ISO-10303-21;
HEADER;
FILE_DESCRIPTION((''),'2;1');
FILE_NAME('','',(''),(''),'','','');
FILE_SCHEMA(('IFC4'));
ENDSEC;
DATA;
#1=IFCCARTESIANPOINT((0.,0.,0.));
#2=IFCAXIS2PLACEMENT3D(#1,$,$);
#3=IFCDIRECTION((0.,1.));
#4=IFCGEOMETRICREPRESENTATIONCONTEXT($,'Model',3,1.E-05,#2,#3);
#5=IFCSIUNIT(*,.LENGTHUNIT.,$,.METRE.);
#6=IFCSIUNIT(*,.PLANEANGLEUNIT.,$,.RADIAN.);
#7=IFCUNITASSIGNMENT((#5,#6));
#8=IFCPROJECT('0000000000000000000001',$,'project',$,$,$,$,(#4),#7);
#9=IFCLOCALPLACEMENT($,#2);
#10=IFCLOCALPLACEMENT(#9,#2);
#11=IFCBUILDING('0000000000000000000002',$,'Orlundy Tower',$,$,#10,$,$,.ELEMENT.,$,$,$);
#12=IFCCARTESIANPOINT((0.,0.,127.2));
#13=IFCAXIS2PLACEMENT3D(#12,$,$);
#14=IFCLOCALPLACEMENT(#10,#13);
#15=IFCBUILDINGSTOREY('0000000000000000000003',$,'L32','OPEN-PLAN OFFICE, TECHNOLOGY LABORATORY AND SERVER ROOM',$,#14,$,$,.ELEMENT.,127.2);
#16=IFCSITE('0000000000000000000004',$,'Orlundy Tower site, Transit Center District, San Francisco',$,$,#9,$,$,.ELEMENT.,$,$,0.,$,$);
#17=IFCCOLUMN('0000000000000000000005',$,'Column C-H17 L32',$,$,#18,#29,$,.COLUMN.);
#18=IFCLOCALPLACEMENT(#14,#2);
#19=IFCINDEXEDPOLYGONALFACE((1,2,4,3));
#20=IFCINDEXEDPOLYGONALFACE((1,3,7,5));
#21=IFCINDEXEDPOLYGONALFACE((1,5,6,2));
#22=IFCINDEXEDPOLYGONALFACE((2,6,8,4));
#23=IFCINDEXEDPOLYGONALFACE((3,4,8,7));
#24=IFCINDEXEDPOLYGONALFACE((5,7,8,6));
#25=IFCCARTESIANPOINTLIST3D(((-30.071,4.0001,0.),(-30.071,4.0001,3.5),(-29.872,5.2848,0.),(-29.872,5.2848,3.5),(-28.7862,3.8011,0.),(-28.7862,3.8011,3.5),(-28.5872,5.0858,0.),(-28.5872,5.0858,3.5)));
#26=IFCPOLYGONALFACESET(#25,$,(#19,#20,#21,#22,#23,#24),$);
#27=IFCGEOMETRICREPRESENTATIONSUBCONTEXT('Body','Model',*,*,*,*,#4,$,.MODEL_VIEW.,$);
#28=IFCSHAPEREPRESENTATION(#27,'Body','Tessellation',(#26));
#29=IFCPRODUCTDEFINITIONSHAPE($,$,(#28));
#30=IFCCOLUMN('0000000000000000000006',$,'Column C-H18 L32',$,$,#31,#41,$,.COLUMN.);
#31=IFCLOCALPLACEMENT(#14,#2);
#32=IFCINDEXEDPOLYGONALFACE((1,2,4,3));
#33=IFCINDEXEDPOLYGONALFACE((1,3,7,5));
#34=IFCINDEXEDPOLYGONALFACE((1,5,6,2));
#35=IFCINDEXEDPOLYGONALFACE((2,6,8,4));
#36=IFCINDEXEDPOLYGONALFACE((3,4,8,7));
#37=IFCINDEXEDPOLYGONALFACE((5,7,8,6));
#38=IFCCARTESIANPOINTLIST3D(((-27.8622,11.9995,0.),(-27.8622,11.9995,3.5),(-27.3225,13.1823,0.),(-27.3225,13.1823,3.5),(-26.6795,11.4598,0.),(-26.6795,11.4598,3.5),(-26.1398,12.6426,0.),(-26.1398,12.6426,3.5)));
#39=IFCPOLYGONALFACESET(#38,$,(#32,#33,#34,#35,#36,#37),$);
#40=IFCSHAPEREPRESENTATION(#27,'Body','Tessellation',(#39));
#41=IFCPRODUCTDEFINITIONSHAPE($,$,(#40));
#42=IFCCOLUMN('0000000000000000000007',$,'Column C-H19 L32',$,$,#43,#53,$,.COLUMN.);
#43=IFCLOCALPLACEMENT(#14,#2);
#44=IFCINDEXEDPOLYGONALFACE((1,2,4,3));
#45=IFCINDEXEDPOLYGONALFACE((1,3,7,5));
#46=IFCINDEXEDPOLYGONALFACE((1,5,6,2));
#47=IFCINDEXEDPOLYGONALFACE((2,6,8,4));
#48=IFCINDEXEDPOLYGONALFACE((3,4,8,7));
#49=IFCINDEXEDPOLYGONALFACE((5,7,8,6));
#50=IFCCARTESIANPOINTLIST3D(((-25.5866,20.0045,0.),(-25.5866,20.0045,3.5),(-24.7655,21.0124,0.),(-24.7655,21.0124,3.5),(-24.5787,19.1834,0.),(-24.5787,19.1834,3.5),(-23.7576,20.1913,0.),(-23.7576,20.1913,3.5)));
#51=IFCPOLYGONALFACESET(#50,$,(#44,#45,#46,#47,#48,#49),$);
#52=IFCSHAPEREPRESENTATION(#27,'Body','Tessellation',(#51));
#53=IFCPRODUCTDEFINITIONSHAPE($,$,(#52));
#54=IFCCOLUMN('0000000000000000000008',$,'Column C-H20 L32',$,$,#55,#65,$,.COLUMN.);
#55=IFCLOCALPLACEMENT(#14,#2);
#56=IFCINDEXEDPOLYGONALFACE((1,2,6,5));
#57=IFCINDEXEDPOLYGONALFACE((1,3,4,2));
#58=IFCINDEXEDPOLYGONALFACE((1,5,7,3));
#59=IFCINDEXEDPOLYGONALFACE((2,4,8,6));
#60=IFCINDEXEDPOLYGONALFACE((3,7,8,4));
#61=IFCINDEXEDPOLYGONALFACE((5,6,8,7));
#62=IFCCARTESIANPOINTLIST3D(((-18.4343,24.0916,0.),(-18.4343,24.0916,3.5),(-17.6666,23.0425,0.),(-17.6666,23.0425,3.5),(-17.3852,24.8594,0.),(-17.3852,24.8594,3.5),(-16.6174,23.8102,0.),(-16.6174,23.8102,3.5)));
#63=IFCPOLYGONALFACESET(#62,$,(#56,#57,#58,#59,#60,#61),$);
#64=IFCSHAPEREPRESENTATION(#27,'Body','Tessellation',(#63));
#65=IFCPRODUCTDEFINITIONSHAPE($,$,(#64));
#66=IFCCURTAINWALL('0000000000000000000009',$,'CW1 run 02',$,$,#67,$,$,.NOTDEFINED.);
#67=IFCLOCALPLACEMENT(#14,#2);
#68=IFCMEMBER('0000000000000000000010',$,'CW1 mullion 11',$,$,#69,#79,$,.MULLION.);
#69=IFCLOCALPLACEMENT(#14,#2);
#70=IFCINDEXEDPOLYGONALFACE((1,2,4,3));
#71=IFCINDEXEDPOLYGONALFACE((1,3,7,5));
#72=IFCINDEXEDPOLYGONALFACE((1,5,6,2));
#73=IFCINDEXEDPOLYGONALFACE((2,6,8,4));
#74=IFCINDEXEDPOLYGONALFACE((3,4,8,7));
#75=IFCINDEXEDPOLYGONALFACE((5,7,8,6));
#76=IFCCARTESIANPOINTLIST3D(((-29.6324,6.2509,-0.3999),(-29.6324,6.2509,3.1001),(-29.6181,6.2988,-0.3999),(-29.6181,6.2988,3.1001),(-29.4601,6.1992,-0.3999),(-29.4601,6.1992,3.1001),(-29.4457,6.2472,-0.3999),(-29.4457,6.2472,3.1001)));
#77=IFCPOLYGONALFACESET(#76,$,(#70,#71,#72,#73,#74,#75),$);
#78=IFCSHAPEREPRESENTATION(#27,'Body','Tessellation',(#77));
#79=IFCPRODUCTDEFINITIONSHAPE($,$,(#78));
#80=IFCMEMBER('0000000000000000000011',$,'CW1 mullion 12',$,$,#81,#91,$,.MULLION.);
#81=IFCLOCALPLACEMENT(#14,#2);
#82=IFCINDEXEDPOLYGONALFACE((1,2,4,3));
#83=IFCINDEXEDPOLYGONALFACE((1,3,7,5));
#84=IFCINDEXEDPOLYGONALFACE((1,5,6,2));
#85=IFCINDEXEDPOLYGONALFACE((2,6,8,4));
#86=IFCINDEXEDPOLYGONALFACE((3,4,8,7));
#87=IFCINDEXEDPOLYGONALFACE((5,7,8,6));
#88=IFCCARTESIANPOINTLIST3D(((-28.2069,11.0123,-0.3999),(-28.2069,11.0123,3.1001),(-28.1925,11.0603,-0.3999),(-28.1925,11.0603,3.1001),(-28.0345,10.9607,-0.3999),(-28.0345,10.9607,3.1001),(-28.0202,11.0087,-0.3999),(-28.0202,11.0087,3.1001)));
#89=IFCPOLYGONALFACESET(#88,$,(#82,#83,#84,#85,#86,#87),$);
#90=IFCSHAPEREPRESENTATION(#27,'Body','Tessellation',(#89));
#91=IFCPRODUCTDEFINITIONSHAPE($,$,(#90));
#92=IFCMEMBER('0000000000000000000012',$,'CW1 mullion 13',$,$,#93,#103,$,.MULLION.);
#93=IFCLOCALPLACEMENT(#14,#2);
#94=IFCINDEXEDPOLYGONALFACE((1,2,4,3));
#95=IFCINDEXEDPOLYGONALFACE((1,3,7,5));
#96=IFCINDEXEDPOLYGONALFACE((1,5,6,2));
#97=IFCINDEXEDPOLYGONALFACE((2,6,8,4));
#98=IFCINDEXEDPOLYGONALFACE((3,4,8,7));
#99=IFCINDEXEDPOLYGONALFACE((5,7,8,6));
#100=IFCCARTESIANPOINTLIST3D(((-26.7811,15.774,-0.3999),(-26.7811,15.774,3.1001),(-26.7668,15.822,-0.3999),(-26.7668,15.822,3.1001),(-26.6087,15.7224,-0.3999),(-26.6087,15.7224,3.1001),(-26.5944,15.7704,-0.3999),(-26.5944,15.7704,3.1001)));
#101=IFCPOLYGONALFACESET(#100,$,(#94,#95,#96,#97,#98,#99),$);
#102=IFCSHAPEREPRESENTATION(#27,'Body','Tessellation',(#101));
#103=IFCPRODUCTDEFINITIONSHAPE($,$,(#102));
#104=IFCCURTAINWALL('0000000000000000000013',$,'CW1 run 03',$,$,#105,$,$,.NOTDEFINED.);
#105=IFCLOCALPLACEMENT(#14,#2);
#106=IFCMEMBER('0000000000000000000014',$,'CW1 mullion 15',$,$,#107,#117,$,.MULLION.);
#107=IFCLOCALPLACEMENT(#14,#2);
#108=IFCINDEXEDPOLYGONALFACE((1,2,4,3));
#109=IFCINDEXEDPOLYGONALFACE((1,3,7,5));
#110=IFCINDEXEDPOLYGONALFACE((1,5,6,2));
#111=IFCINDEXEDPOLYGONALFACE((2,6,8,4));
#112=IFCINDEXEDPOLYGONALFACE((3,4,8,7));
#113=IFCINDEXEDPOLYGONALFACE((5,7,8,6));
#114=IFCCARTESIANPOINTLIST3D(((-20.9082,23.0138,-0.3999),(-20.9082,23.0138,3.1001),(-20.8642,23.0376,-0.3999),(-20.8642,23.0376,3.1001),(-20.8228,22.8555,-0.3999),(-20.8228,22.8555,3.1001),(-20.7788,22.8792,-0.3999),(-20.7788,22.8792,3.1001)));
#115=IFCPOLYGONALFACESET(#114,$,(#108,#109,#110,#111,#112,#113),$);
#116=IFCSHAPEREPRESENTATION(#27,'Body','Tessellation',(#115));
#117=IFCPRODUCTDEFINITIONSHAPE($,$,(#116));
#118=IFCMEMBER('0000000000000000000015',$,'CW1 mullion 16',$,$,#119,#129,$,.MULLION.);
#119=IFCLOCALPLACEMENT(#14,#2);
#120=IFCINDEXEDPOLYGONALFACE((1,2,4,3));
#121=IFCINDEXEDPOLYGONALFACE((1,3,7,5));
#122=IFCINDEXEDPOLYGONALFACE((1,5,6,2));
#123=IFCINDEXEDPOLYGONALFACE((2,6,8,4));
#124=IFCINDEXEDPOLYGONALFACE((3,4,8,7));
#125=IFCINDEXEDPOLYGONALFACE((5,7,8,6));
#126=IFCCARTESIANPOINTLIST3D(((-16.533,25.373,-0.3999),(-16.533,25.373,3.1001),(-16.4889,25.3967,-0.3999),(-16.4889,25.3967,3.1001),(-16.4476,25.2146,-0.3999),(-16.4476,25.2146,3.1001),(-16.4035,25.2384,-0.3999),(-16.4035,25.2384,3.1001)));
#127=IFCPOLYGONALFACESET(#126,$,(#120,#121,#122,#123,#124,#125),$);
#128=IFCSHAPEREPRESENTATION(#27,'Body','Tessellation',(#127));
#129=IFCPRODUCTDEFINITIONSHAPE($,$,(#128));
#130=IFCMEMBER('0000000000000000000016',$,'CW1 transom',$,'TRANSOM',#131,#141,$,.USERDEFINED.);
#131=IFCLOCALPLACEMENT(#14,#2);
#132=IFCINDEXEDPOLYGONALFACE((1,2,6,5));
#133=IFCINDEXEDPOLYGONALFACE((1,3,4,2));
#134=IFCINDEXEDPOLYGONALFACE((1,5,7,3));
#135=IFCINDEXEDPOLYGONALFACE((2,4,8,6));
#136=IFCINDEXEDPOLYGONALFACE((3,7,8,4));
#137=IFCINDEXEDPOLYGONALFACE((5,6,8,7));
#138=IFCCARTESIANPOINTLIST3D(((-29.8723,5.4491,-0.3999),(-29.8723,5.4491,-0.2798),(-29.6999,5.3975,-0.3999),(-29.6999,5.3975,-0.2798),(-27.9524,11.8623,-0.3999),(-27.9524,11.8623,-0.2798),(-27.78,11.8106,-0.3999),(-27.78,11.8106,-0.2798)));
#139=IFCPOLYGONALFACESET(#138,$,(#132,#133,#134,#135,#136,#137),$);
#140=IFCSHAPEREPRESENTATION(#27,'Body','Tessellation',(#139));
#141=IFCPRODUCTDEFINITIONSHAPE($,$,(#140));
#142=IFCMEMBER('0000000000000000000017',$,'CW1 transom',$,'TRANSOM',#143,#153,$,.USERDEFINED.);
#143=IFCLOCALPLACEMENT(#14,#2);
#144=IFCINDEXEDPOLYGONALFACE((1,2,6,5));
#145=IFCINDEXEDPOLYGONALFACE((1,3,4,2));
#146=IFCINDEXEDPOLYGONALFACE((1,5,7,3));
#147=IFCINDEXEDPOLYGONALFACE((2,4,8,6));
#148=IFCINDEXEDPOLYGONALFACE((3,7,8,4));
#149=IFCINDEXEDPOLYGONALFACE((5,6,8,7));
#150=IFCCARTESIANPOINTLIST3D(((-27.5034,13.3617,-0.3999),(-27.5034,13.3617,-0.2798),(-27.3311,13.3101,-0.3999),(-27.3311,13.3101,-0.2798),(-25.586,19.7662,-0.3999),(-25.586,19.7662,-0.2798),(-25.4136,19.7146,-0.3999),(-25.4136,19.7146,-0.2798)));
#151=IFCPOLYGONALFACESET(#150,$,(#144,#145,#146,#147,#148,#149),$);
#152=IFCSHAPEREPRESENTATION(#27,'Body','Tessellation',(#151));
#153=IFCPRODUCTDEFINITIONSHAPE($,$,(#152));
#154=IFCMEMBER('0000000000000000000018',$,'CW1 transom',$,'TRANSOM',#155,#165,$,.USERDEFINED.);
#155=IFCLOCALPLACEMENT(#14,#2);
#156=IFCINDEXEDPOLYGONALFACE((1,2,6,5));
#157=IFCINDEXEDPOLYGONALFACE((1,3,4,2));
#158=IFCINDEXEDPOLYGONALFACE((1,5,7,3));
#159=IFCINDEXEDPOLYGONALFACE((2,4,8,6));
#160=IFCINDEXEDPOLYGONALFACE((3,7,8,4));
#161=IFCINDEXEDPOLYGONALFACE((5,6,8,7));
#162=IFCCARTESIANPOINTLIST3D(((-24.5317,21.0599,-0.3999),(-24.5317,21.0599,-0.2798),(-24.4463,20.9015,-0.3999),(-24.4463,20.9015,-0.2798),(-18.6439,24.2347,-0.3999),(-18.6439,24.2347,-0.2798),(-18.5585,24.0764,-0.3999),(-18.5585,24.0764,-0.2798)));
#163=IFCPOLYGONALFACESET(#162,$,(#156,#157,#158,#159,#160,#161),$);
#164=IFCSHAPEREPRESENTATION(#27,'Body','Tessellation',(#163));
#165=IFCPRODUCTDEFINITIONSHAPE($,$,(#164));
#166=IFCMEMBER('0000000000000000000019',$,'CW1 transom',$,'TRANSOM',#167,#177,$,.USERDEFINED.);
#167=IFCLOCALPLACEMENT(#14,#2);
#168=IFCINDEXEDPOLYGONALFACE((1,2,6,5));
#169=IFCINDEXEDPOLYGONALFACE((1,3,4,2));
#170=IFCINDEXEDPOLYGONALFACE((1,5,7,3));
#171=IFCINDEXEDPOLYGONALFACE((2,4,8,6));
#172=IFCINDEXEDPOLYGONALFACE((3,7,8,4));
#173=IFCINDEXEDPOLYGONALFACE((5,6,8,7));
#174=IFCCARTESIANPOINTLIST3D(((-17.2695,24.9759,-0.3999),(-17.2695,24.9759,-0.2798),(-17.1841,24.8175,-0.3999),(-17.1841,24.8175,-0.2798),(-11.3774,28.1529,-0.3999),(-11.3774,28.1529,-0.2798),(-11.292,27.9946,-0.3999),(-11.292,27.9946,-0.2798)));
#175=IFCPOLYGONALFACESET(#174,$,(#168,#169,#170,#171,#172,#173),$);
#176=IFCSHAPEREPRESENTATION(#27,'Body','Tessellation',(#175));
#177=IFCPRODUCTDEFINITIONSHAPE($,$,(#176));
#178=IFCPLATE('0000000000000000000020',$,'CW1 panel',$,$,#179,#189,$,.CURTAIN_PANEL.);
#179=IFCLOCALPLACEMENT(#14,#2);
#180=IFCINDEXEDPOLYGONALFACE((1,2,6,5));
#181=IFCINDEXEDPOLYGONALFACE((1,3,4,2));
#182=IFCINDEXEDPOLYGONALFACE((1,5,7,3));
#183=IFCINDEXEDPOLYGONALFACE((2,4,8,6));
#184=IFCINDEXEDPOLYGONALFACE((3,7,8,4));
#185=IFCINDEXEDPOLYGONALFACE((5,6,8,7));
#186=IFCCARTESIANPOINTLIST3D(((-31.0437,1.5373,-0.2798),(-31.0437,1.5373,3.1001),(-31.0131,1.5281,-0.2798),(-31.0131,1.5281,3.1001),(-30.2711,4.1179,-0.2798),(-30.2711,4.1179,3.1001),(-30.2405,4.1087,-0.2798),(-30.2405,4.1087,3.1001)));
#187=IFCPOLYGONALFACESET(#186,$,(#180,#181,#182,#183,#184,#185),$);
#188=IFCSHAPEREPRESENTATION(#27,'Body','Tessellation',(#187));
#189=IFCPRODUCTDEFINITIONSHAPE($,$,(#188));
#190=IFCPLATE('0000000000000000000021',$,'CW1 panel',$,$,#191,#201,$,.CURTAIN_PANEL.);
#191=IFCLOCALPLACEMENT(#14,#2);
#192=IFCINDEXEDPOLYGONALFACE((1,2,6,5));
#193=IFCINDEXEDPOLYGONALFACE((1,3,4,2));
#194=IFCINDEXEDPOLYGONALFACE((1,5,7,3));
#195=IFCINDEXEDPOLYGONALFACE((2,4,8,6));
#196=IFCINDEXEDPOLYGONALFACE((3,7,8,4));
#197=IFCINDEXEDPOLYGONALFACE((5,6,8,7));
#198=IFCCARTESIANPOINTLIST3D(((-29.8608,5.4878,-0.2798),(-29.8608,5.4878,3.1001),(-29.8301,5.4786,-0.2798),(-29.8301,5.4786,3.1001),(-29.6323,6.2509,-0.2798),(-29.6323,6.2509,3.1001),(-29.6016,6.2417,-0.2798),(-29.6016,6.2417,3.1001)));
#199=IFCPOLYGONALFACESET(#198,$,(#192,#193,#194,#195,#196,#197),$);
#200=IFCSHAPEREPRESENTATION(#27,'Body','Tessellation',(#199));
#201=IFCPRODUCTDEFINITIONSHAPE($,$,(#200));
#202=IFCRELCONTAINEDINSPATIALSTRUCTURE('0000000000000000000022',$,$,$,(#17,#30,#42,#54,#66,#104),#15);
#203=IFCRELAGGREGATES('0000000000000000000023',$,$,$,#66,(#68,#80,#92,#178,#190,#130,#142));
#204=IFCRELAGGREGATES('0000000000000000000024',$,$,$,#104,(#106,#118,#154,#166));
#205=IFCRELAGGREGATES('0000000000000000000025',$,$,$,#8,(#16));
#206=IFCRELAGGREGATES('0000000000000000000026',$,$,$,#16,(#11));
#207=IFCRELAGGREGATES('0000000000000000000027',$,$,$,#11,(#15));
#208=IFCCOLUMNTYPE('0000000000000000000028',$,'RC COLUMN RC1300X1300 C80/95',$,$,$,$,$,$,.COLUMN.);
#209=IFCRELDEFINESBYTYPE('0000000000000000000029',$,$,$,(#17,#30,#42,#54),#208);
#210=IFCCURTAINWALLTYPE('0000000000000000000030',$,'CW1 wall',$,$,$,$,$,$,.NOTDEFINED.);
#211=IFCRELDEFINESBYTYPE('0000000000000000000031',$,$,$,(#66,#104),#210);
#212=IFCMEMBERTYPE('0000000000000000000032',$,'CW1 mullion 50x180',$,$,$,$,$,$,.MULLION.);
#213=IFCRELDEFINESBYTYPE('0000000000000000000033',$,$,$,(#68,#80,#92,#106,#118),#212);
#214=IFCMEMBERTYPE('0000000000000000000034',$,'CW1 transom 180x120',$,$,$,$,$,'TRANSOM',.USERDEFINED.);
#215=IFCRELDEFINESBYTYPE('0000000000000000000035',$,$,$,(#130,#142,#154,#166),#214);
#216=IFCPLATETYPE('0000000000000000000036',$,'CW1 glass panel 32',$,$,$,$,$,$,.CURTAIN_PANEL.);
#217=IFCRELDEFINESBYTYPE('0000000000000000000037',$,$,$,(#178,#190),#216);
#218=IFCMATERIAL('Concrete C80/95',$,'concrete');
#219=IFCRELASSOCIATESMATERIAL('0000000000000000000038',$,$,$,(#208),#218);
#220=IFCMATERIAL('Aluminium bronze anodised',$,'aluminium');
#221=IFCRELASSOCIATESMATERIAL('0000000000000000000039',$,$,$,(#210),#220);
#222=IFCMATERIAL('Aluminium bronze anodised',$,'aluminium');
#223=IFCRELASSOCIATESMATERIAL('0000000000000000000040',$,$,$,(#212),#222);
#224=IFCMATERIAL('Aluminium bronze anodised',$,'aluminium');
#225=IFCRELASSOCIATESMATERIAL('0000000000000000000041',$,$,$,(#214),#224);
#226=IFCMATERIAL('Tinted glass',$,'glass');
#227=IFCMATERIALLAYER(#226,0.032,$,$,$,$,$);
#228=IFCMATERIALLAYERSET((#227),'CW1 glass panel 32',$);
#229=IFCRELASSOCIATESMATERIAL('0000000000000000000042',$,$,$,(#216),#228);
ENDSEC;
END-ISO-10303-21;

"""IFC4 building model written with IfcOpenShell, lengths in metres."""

from ifc_helpers import new_model, si_unit, direction, frame, origin, origin_2d, place, context, subcontext, project, spatial, rectangle, extrude, material, layer, layer_set, material_profile, profile_set, type_object, element, aggregate, save


model = new_model("IFC4")

# Units and contexts
model_context = context("Model", 3, precision=1e-05, world=origin(), true_north=direction((0.0, 1.0)))
body_context = subcontext(model_context, "Body", "Model", "MODEL_VIEW")
ifc_project = project(units=[si_unit("LENGTHUNIT", "METRE"), si_unit("PLANEANGLEUNIT", "RADIAN")], contexts=[model_context])

# Site, building, storey
site_placement = place(None, origin())
site = spatial("IfcSite", under=ifc_project, at=site_placement, Name="Orlundy Tower site, Transit Center District, San Francisco", CompositionType="ELEMENT", RefElevation=0.0)
building_placement = place(site_placement, origin())
building = spatial("IfcBuilding", under=site, at=building_placement, Name="Orlundy Tower", CompositionType="ELEMENT")
storey_placement = place(building_placement, frame((0.0, 0.0, 127.2)))
storey = spatial("IfcBuildingStorey", under=building, at=storey_placement, Name="L32", Description="OPEN-PLAN OFFICE, TECHNOLOGY LABORATORY AND SERVER ROOM", CompositionType="ELEMENT", Elevation=127.2)

# Columns
ifc_material_1 = material(Name="Concrete C80/95", Category="concrete")
ifc_material_profile_1 = material_profile(ifc_material_1, rectangle(XDim=1.3, YDim=1.3, at=origin_2d()), Name="RC1300X1300")
ifc_profile_set_1 = profile_set([ifc_material_profile_1], Name="Concrete C80/95")
column_type = type_object("IfcColumnType", Name="RC COLUMN RC1300X1300 C80/95", PredefinedType="COLUMN", material=ifc_profile_set_1)
for number, where, z_axis, x_axis, name in (
    (1, (-29.3291, 4.543, 0.0), (0.0, 0.0, 1.0), (-0.988215, 0.153072, 0.0), "Column C-H17 L32"),
    (2, (-27.001, 12.321, 0.0), (0.0, 0.0, 1.0), (-0.909759, 0.415138, 0.0), "Column C-H18 L32"),
    (3, (-24.6721, 20.0979, 0.0), (0.0, 0.0, 1.0), (-0.775308, 0.631583, 0.0), "Column C-H19 L32"),
    (4, (-17.5259, 23.9509, 0.0), (0.0, 0.0, 1.0), (-0.590535, 0.807012, 0.0), "Column C-H20 L32"),
):
    element("IfcColumn", number, at=place(storey_placement, frame(where, z_axis=z_axis, x_axis=x_axis)), inside=storey, type_object=column_type, Name=name, PredefinedType="COLUMN", context=body_context, shape_type="SweptSolid", body=[
        extrude(rectangle(XDim=1.3, YDim=1.3, at=origin_2d()), origin(), (0.0, 0.0, 1.0), 3.5),
    ])

# Curtain walls, members
ifc_material_2 = material(Name="Aluminium bronze anodised", Category="aluminium")
curtain_wall_type = type_object("IfcCurtainWallType", Name="CW1 wall", PredefinedType="NOTDEFINED", material=ifc_material_2)
curtain_wall_1_placement = place(storey_placement, origin())
curtain_wall_1 = element("IfcCurtainWall", 5, at=curtain_wall_1_placement, inside=storey, type_object=curtain_wall_type, Name="CW1 run 02", PredefinedType="NOTDEFINED")
ifc_material_3 = material(Name="Aluminium bronze anodised", Category="aluminium")
ifc_material_profile_2 = material_profile(ifc_material_3, rectangle(XDim=0.1799, YDim=0.05, at=origin_2d()), Name="CW1 mullion 50x180")
ifc_profile_set_2 = profile_set([ifc_material_profile_2], Name="Aluminium bronze anodised")
member_type_1 = type_object("IfcMemberType", Name="CW1 mullion 50x180", PredefinedType="MULLION", material=ifc_profile_set_2)
member_1_placement = place(storey_placement, frame((-29.5391, 6.249, -0.3999), z_axis=(0.0, 0.0, 1.0), x_axis=(-0.957986, 0.286816, 0.0)))
member_1 = element("IfcMember", 6, at=member_1_placement, type_object=member_type_1, Name="CW1 mullion 11", PredefinedType="MULLION", context=body_context, shape_type="SweptSolid", body=[
    extrude(rectangle(XDim=0.1799, YDim=0.05, at=origin_2d()), origin(), (0.0, 0.0, 1.0), 3.5),
])
member_2_placement = place(storey_placement, frame((-28.1135, 11.0105, -0.3999), z_axis=(0.0, 0.0, 1.0), x_axis=(-0.957986, 0.286816, 0.0)))
member_2 = element("IfcMember", 7, at=member_2_placement, type_object=member_type_1, Name="CW1 mullion 12", PredefinedType="MULLION", context=body_context, shape_type="SweptSolid", body=[
    extrude(rectangle(XDim=0.1799, YDim=0.05, at=origin_2d()), origin(), (0.0, 0.0, 1.0), 3.5),
])
member_3_placement = place(storey_placement, frame((-26.6877, 15.7722, -0.3999), z_axis=(0.0, 0.0, 1.0), x_axis=(-0.957986, 0.286816, 0.0)))
member_3 = element("IfcMember", 8, at=member_3_placement, type_object=member_type_1, Name="CW1 mullion 13", PredefinedType="MULLION", context=body_context, shape_type="SweptSolid", body=[
    extrude(rectangle(XDim=0.1799, YDim=0.05, at=origin_2d()), origin(), (0.0, 0.0, 1.0), 3.5),
])
curtain_wall_2_placement = place(storey_placement, origin())
curtain_wall_2 = element("IfcCurtainWall", 9, at=curtain_wall_2_placement, inside=storey, type_object=curtain_wall_type, Name="CW1 run 03", PredefinedType="NOTDEFINED")
member_4_placement = place(storey_placement, frame((-20.8435, 22.9465, -0.3999), z_axis=(0.0, 0.0, 1.0), x_axis=(-0.474618, 0.880192, 0.0)))
member_4 = element("IfcMember", 10, at=member_4_placement, type_object=member_type_1, Name="CW1 mullion 15", PredefinedType="MULLION", context=body_context, shape_type="SweptSolid", body=[
    extrude(rectangle(XDim=0.1799, YDim=0.05, at=origin_2d()), origin(), (0.0, 0.0, 1.0), 3.5),
])
member_5_placement = place(storey_placement, frame((-16.4683, 25.3057, -0.3999), z_axis=(0.0, 0.0, 1.0), x_axis=(-0.474618, 0.880192, 0.0)))
member_5 = element("IfcMember", 11, at=member_5_placement, type_object=member_type_1, Name="CW1 mullion 16", PredefinedType="MULLION", context=body_context, shape_type="SweptSolid", body=[
    extrude(rectangle(XDim=0.1799, YDim=0.05, at=origin_2d()), origin(), (0.0, 0.0, 1.0), 3.5),
])

# Members
ifc_material_4 = material(Name="Aluminium bronze anodised", Category="aluminium")
ifc_material_profile_3 = material_profile(ifc_material_4, rectangle(XDim=0.1799, YDim=0.1201, at=origin_2d()), Name="CW1 transom 180x120")
ifc_profile_set_3 = profile_set([ifc_material_profile_3], Name="Aluminium bronze anodised")
member_type_2 = type_object("IfcMemberType", Name="CW1 transom 180x120", ElementType="TRANSOM", PredefinedType="USERDEFINED", material=ifc_profile_set_3)
member_6_placement = place(storey_placement, frame((-29.7861, 5.4233, -0.3398), z_axis=(0.286799, 0.957991, 0.0), x_axis=(-0.957991, 0.286799, 0.0)))
member_6 = element("IfcMember", 12, at=member_6_placement, type_object=member_type_2, Name="CW1 transom", ObjectType="TRANSOM", PredefinedType="USERDEFINED", context=body_context, shape_type="SweptSolid", body=[
    extrude(rectangle(XDim=0.1799, YDim=0.1201, at=origin_2d()), origin(), (0.0, 0.0, 1.0), 6.6943),
])
member_7_placement = place(storey_placement, frame((-27.4172, 13.3359, -0.3398), z_axis=(0.286815, 0.957986, 0.0), x_axis=(-0.957986, 0.286815, 0.0)))
member_7 = element("IfcMember", 13, at=member_7_placement, type_object=member_type_2, Name="CW1 transom", ObjectType="TRANSOM", PredefinedType="USERDEFINED", context=body_context, shape_type="SweptSolid", body=[
    extrude(rectangle(XDim=0.1799, YDim=0.1201, at=origin_2d()), origin(), (0.0, 0.0, 1.0), 6.6853),
])
member_8_placement = place(storey_placement, frame((-24.489, 20.9807, -0.3398), z_axis=(0.88019, 0.474622, 0.0), x_axis=(-0.474622, 0.88019, 0.0)))
member_8 = element("IfcMember", 14, at=member_8_placement, type_object=member_type_2, Name="CW1 transom", ObjectType="TRANSOM", PredefinedType="USERDEFINED", context=body_context, shape_type="SweptSolid", body=[
    extrude(rectangle(XDim=0.1799, YDim=0.1201, at=origin_2d()), origin(), (0.0, 0.0, 1.0), 6.6892),
])
member_9_placement = place(storey_placement, frame((-17.2268, 24.8967, -0.3398), z_axis=(0.8802, 0.474602, 0.0), x_axis=(-0.474602, 0.8802, 0.0)))
member_9 = element("IfcMember", 15, at=member_9_placement, type_object=member_type_2, Name="CW1 transom", ObjectType="TRANSOM", PredefinedType="USERDEFINED", context=body_context, shape_type="SweptSolid", body=[
    extrude(rectangle(XDim=0.1799, YDim=0.1201, at=origin_2d()), origin(), (0.0, 0.0, 1.0), 6.6941),
])

# Plates
ifc_material_5 = material(Name="Tinted glass", Category="glass")
ifc_layer_1 = layer(ifc_material_5, 0.032)
ifc_layer_set_1 = layer_set([ifc_layer_1], Name="CW1 glass panel 32")
plate_type = type_object("IfcPlateType", Name="CW1 glass panel 32", PredefinedType="CURTAIN_PANEL", material=ifc_layer_set_1)
plate_1_placement = place(storey_placement, frame((-30.6421, 2.823, -0.2798), z_axis=(0.0, 0.0, 1.0), x_axis=(0.286816, 0.957986, 0.0)))
plate_1 = element("IfcPlate", 16, at=plate_1_placement, type_object=plate_type, Name="CW1 panel", PredefinedType="CURTAIN_PANEL", context=body_context, shape_type="SweptSolid", body=[
    extrude(rectangle(XDim=2.6938, YDim=0.032, at=origin_2d()), origin(), (0.0, 0.0, 1.0), 3.3799),
])
plate_2_placement = place(storey_placement, frame((-29.7312, 5.8647, -0.2798), z_axis=(0.0, 0.0, 1.0), x_axis=(0.286816, 0.957986, 0.0)))
plate_2 = element("IfcPlate", 17, at=plate_2_placement, type_object=plate_type, Name="CW1 panel", PredefinedType="CURTAIN_PANEL", context=body_context, shape_type="SweptSolid", body=[
    extrude(rectangle(XDim=0.7966, YDim=0.032, at=origin_2d()), origin(), (0.0, 0.0, 1.0), 3.3799),
])
aggregate(curtain_wall_1, [member_1, member_2, member_3, plate_1, plate_2, member_6, member_7])
aggregate(curtain_wall_2, [member_4, member_5, member_8, member_9])

save(model, "model.ifc")
